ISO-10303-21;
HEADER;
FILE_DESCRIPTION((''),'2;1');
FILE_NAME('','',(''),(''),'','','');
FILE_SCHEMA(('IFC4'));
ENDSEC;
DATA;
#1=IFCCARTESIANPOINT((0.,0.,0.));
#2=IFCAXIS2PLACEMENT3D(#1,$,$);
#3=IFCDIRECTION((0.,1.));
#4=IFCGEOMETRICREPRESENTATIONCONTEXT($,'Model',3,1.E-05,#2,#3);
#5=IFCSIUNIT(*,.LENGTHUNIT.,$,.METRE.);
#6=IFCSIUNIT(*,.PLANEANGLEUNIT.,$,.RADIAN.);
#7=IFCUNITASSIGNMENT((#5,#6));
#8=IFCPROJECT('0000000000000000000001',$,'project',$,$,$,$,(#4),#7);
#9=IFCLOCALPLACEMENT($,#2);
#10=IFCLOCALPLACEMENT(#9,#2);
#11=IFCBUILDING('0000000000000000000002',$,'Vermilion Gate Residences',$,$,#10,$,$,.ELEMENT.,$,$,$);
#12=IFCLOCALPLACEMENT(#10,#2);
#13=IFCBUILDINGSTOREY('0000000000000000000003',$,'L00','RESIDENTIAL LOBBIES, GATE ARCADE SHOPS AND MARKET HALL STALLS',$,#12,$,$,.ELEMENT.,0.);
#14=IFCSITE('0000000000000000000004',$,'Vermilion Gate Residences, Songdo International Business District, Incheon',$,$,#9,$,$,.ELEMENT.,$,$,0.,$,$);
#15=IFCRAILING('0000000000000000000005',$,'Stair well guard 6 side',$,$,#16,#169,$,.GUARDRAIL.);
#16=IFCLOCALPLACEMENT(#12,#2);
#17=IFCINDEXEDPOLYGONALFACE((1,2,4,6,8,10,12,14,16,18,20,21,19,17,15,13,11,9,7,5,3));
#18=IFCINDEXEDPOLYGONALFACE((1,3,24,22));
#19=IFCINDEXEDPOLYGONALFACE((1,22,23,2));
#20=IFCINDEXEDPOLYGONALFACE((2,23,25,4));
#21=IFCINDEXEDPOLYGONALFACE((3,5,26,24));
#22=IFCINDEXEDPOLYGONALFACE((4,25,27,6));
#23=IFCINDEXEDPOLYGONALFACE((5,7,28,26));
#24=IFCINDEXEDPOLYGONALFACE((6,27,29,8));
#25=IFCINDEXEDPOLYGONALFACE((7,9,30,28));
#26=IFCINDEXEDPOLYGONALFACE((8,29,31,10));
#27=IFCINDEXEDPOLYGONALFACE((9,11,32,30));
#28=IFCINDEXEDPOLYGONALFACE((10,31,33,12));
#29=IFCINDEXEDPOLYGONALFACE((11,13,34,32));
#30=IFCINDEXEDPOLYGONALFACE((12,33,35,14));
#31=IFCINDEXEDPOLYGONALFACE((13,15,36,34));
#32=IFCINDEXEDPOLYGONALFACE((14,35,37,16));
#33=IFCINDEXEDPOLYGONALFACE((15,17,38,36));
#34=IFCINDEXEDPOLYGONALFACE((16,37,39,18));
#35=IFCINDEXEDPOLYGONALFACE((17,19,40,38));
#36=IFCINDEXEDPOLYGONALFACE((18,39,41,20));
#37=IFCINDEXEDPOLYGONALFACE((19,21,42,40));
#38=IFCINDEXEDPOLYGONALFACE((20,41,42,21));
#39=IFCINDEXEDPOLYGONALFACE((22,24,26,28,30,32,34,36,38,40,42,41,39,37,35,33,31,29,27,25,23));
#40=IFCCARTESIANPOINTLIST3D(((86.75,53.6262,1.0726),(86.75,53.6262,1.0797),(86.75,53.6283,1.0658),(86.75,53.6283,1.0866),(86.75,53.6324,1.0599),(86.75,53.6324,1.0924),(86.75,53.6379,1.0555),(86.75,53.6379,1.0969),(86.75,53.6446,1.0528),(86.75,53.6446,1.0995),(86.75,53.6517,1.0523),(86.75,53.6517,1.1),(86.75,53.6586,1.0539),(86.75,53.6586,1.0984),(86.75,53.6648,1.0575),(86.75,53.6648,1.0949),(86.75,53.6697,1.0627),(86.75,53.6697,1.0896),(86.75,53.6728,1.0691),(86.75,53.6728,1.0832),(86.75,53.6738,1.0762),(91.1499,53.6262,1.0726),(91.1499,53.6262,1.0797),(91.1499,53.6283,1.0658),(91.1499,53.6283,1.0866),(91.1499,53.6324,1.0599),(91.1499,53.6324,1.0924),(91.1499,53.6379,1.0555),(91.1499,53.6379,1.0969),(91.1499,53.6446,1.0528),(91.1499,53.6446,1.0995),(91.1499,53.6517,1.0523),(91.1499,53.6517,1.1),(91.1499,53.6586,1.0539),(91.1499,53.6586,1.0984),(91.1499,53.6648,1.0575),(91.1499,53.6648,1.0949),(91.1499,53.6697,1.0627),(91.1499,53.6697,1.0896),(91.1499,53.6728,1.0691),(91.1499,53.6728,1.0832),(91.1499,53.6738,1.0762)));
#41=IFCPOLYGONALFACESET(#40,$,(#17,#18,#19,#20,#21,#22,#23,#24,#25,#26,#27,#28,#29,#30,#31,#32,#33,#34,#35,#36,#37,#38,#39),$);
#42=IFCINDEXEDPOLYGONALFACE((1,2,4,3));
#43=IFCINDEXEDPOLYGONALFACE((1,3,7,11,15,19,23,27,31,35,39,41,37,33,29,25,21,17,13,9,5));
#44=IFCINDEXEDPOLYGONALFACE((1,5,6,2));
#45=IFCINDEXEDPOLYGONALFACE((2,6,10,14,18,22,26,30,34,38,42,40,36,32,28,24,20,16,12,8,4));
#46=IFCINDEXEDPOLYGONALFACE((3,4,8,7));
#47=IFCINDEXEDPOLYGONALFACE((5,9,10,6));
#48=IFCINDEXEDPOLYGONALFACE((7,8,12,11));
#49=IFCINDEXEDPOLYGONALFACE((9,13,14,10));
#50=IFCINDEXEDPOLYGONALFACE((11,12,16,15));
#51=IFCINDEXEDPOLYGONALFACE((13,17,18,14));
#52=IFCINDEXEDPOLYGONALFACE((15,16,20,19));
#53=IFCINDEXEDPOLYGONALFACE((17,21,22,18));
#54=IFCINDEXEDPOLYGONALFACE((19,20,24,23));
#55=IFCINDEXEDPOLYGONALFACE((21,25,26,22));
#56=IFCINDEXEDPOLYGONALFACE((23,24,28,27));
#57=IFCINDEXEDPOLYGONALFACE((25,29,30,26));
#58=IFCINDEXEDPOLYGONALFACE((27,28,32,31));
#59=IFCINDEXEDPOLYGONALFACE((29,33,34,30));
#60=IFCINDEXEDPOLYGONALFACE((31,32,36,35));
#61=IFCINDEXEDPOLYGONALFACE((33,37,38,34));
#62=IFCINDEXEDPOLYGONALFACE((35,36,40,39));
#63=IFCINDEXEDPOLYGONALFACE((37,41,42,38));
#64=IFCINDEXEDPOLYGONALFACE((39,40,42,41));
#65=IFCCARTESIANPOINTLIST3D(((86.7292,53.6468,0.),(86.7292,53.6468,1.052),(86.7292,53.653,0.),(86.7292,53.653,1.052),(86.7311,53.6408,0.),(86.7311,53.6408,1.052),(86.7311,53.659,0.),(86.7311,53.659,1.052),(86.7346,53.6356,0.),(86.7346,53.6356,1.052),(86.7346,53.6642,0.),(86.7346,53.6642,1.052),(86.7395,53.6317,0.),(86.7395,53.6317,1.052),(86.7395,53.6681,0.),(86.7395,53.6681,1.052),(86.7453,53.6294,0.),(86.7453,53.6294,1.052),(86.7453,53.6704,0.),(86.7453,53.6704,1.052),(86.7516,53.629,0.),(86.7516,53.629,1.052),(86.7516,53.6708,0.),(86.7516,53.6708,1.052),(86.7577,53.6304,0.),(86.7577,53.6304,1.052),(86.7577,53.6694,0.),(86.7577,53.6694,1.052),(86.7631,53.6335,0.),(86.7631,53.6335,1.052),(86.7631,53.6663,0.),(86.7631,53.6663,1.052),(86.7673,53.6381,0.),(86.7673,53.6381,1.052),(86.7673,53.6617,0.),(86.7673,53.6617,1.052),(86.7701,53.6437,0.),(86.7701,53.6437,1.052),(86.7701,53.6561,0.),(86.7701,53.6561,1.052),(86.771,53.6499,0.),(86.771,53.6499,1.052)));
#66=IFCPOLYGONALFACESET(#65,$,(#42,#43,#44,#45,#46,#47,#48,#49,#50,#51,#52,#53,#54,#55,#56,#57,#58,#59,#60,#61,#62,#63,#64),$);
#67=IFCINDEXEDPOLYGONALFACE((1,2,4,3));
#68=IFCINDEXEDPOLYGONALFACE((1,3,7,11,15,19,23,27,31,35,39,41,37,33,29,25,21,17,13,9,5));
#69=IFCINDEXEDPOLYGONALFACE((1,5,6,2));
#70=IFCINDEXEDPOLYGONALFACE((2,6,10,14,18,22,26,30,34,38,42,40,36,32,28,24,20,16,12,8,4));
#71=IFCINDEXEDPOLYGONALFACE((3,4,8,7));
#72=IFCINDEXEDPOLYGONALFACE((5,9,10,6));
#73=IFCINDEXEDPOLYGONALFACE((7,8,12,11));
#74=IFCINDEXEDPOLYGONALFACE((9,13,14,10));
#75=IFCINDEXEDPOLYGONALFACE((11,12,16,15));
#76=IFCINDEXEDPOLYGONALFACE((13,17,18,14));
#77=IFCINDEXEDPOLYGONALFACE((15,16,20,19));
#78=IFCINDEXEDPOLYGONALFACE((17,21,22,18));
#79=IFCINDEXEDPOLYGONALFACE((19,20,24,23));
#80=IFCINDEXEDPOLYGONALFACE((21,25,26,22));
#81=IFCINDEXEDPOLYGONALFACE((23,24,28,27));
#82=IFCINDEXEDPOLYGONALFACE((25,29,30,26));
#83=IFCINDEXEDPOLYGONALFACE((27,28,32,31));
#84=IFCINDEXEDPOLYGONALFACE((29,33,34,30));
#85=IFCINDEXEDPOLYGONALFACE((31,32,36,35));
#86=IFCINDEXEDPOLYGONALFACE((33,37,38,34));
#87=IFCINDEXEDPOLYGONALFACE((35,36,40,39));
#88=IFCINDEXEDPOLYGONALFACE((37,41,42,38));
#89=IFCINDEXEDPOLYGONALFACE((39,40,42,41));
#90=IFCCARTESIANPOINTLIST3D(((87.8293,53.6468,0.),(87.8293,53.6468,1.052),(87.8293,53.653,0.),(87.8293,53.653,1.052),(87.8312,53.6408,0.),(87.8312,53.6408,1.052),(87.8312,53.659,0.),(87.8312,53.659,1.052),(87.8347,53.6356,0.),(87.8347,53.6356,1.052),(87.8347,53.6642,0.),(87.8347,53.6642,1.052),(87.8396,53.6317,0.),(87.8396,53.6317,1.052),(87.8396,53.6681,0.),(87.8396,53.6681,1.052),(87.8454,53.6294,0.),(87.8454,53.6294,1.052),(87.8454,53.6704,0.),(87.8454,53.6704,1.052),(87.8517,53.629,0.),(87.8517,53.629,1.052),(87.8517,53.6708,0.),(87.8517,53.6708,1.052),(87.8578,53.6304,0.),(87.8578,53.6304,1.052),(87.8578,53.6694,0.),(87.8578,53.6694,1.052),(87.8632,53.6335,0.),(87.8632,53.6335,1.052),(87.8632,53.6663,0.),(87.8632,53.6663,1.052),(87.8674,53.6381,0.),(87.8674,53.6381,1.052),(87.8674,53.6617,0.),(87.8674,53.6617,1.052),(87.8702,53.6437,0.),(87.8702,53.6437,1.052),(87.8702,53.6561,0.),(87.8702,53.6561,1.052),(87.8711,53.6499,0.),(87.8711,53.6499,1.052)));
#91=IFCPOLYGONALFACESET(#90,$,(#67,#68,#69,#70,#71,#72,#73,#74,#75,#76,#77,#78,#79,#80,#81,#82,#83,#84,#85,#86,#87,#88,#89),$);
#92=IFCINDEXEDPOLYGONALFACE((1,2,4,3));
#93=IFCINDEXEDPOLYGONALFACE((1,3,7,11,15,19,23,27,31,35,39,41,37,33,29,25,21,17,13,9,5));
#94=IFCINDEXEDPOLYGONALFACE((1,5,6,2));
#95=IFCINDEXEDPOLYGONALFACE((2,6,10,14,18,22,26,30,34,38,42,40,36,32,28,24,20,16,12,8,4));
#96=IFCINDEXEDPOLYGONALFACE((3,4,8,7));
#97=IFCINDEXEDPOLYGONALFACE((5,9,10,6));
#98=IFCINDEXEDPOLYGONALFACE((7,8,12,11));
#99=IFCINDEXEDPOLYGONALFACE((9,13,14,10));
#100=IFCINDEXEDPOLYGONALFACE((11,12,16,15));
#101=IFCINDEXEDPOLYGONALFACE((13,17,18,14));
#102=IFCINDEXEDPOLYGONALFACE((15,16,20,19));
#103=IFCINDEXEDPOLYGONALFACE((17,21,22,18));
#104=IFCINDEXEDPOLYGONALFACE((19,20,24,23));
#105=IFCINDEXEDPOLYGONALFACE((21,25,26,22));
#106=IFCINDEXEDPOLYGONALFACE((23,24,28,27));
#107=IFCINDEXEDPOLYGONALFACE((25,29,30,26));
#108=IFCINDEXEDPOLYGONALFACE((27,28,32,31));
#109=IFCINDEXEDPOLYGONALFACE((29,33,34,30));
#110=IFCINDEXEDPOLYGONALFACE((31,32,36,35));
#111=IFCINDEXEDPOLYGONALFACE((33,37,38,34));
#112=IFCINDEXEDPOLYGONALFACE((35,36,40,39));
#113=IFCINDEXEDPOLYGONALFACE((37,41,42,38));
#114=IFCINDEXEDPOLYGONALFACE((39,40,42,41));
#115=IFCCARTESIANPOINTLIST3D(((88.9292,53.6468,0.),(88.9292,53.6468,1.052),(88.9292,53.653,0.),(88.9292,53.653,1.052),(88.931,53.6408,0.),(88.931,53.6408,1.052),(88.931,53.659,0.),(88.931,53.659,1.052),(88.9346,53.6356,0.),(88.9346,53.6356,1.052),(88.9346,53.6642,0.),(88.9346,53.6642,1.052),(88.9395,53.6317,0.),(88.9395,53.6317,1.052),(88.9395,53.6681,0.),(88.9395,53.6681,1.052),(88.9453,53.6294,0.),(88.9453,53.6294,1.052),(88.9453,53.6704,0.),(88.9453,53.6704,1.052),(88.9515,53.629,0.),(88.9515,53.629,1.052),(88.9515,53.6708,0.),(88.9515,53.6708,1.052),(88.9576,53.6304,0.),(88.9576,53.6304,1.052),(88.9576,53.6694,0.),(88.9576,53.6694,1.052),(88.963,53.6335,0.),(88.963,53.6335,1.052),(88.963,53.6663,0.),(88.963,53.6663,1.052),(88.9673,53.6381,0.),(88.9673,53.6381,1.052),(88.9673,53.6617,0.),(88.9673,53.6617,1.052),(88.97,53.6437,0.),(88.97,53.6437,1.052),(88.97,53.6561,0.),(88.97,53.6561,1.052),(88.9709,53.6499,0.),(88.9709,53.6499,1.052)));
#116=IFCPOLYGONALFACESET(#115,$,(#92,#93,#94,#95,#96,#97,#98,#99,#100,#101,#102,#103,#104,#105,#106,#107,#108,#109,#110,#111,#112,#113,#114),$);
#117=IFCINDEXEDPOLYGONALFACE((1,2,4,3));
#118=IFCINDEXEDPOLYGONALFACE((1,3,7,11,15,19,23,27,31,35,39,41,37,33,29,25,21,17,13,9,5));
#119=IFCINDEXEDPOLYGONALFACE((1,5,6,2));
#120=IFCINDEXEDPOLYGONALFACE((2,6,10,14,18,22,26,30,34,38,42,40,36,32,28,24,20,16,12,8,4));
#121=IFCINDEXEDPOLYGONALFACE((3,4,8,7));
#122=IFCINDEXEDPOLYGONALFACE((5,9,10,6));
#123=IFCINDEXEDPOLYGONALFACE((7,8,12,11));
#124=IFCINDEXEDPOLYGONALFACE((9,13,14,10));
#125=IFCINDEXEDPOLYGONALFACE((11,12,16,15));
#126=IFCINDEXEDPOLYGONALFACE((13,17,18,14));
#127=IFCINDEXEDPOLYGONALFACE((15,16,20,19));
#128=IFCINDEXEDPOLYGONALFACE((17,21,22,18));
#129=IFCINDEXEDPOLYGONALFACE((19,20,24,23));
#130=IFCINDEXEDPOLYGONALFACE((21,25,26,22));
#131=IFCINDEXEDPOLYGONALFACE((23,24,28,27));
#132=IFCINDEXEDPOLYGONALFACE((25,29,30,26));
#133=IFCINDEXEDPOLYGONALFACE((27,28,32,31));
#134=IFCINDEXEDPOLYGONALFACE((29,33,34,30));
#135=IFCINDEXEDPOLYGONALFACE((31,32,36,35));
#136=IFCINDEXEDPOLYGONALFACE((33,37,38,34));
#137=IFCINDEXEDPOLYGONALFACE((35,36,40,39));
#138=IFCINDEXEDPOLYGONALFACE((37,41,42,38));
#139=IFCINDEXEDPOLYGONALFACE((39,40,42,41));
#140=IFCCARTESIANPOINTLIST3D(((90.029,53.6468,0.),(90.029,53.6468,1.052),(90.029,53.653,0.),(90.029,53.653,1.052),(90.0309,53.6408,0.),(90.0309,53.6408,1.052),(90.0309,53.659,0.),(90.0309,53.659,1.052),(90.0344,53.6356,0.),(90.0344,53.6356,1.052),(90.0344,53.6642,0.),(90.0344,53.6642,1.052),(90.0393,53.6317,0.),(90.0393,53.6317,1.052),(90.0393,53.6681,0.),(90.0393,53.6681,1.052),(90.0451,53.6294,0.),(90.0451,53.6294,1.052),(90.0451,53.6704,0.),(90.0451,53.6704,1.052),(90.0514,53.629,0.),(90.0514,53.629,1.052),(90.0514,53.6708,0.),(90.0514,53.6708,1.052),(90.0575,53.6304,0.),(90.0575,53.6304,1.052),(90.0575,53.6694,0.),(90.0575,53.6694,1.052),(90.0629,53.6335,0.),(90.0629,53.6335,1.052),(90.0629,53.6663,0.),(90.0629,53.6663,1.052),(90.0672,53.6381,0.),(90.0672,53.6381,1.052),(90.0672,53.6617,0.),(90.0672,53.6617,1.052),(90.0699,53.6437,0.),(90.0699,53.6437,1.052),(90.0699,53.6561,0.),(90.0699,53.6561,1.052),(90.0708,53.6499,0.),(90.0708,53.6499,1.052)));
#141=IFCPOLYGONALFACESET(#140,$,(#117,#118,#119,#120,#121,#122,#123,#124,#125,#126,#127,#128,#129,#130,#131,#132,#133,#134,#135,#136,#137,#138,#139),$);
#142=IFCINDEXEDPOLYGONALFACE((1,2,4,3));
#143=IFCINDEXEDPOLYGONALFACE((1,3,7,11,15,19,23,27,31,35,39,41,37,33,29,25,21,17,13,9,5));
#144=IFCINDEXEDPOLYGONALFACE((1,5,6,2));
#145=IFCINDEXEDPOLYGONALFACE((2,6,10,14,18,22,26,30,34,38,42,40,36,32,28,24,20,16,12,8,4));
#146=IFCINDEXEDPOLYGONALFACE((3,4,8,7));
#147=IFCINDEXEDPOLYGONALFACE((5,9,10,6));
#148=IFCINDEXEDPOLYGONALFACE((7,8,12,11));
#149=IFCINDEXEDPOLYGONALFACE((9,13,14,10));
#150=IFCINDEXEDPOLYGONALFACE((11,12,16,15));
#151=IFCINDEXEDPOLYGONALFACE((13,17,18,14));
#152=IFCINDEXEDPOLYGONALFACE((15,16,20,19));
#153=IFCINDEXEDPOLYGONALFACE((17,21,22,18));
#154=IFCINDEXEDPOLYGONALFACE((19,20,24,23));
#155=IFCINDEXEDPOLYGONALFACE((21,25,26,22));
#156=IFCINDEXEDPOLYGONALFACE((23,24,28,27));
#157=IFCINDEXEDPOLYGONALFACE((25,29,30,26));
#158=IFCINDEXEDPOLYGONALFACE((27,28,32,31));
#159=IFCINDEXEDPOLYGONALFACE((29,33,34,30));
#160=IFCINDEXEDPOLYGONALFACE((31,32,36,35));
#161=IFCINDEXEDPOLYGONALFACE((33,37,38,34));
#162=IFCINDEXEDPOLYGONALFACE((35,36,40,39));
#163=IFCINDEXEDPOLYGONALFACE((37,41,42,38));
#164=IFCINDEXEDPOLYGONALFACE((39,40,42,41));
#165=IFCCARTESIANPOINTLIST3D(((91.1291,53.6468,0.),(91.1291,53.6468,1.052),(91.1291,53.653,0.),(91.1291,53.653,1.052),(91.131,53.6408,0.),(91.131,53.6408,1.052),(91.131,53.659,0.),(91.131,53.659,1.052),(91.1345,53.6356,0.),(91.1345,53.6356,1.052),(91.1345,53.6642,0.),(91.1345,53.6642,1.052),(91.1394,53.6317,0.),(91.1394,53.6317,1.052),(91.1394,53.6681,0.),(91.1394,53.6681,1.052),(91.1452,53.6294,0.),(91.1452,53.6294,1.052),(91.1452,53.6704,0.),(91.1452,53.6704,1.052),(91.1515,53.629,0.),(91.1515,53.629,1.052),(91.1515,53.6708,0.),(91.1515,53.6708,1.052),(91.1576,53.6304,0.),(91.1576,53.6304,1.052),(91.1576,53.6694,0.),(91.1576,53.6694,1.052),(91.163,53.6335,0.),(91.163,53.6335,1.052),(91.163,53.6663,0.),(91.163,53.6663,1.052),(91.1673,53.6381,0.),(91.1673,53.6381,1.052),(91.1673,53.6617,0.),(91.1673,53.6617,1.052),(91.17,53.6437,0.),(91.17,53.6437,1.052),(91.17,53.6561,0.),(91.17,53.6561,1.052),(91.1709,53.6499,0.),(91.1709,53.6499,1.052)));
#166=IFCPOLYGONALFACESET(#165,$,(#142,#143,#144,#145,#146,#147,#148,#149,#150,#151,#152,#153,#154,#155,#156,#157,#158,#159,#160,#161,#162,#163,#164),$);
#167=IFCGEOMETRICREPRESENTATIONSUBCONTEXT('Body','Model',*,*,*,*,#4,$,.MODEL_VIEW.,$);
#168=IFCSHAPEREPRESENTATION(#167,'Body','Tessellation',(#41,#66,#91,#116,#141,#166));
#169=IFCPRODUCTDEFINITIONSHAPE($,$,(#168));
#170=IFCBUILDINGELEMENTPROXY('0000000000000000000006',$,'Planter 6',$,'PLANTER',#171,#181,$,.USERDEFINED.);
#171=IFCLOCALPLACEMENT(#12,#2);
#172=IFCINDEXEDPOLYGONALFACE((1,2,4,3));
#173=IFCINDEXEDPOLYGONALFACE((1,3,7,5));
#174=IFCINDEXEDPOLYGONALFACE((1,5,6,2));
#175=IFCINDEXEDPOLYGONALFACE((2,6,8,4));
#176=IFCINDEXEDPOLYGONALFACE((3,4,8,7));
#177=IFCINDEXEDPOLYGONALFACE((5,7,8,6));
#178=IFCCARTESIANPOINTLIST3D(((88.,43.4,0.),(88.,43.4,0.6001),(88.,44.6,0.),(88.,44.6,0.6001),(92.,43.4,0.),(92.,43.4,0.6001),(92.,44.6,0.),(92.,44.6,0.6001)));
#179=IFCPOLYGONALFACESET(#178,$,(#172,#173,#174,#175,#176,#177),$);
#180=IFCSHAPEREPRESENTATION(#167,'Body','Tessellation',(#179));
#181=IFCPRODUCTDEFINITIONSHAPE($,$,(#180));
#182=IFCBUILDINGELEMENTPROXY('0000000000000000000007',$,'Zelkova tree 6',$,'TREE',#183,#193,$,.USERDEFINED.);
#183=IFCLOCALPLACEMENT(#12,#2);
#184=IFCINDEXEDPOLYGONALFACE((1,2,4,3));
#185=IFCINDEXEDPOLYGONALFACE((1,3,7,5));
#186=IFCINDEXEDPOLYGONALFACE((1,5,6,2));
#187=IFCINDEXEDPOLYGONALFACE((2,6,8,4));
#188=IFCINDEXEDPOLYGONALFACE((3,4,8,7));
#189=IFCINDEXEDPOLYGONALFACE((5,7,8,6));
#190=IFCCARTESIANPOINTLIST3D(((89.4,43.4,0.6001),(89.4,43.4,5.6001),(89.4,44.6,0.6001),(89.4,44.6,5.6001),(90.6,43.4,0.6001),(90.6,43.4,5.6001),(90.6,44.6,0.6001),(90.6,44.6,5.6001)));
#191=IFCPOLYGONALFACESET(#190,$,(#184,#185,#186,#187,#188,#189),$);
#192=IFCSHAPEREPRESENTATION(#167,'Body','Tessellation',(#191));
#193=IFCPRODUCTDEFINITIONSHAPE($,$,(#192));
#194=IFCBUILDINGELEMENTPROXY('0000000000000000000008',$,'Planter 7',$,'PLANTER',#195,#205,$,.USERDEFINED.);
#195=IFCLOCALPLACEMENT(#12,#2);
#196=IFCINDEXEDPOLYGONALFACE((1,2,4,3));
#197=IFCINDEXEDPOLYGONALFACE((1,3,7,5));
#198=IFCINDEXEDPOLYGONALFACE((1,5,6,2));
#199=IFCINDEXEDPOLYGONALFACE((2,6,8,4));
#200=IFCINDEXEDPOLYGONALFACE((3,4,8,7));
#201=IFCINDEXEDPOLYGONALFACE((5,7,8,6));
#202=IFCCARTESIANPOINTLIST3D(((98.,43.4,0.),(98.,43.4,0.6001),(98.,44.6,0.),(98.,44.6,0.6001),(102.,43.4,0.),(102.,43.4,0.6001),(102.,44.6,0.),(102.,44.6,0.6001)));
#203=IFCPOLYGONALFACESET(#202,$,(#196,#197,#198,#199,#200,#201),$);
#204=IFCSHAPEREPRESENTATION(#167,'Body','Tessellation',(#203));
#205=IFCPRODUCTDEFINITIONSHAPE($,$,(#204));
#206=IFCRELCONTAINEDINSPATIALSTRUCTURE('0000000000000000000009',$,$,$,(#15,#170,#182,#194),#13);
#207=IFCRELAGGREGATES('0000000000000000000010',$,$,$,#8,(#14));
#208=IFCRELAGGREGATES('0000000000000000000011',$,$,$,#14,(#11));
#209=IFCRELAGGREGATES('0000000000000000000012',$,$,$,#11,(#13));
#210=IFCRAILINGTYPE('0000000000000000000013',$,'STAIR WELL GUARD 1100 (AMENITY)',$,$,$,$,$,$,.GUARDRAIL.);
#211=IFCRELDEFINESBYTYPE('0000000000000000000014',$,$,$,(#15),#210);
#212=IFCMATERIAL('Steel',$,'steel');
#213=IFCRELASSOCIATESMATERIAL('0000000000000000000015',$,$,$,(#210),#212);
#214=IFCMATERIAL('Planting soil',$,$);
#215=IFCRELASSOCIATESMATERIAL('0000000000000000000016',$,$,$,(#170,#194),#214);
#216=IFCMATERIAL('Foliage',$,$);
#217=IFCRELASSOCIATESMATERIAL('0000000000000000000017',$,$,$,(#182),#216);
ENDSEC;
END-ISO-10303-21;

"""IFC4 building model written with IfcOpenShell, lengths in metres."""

from ifc_helpers import new_model, si_unit, direction, frame, origin, origin_2d, place, context, subcontext, project, spatial, rectangle, circle, extrude, material, type_object, element, save


model = new_model("IFC4")

# Units and contexts
model_context = context("Model", 3, precision=1e-05, world=origin(), true_north=direction((0.0, 1.0)))
body_context = subcontext(model_context, "Body", "Model", "MODEL_VIEW")
ifc_project = project(units=[si_unit("LENGTHUNIT", "METRE"), si_unit("PLANEANGLEUNIT", "RADIAN")], contexts=[model_context])

# Site, building, storey
site_placement = place(None, origin())
site = spatial("IfcSite", under=ifc_project, at=site_placement, Name="Vermilion Gate Residences, Songdo International Business District, Incheon", CompositionType="ELEMENT", RefElevation=0.0)
building_placement = place(site_placement, origin())
building = spatial("IfcBuilding", under=site, at=building_placement, Name="Vermilion Gate Residences", CompositionType="ELEMENT")
storey_placement = place(building_placement, origin())
storey = spatial("IfcBuildingStorey", under=building, at=storey_placement, Name="L00", Description="RESIDENTIAL LOBBIES, GATE ARCADE SHOPS AND MARKET HALL STALLS", CompositionType="ELEMENT", Elevation=0.0)

# Railing
ifc_material_1 = material(Name="Steel", Category="steel")
railing_type = type_object("IfcRailingType", Name="STAIR WELL GUARD 1100 (AMENITY)", PredefinedType="GUARDRAIL", material=ifc_material_1)
railing_1_placement = place(storey_placement, frame((86.75, 53.6499, 0.0)))
element("IfcRailing", 1, at=railing_1_placement, inside=storey, type_object=railing_type, Name="Stair well guard 6 side", PredefinedType="GUARDRAIL", context=body_context, shape_type="SweptSolid", body=[
    extrude(circle(Radius=0.0239, at=origin_2d()), frame((0.0, 0.0, 1.0762), z_axis=(1.0, 0.0, 0.0), x_axis=(0.0, 1.0, 0.0)), (0.0, 0.0, 1.0), 4.3999),
    extrude(circle(Radius=0.021, at=origin_2d()), origin(), (0.0, 0.0, 1.0), 1.052),
    extrude(circle(Radius=0.021, at=origin_2d()), frame((1.1001, 0.0, 0.0)), (0.0, 0.0, 1.0), 1.052),
    extrude(circle(Radius=0.021, at=origin_2d()), frame((2.2, 0.0, 0.0)), (0.0, 0.0, 1.0), 1.052),
    extrude(circle(Radius=0.021, at=origin_2d()), frame((3.2998, 0.0, 0.0)), (0.0, 0.0, 1.0), 1.052),
    extrude(circle(Radius=0.021, at=origin_2d()), frame((4.3999, 0.0, 0.0)), (0.0, 0.0, 1.0), 1.052),
])

# Building element proxies
ifc_material_2 = material(Name="Planting soil")
proxy_1_placement = place(storey_placement, frame((90.0, 44.0, 0.0), z_axis=(0.0, 0.0, 1.0), x_axis=(1.0, 0.0, 0.0)))
element("IfcBuildingElementProxy", 2, at=proxy_1_placement, inside=storey, material=ifc_material_2, Name="Planter 6", ObjectType="PLANTER", PredefinedType="USERDEFINED", context=body_context, shape_type="SweptSolid", body=[
    extrude(rectangle(XDim=4.0, YDim=1.2, at=origin_2d()), origin(), (0.0, 0.0, 1.0), 0.6001),
])
ifc_material_3 = material(Name="Foliage")
proxy_2_placement = place(storey_placement, frame((90.0, 44.0, 0.6001), z_axis=(0.0, 0.0, 1.0), x_axis=(1.0, 0.0, 0.0)))
element("IfcBuildingElementProxy", 3, at=proxy_2_placement, inside=storey, material=ifc_material_3, Name="Zelkova tree 6", ObjectType="TREE", PredefinedType="USERDEFINED", context=body_context, shape_type="SweptSolid", body=[
    extrude(rectangle(XDim=1.2, YDim=1.2, at=origin_2d()), origin(), (0.0, 0.0, 1.0), 5.0),
])
proxy_3_placement = place(storey_placement, frame((100.0, 44.0, 0.0), z_axis=(0.0, 0.0, 1.0), x_axis=(1.0, 0.0, 0.0)))
element("IfcBuildingElementProxy", 4, at=proxy_3_placement, inside=storey, material=ifc_material_2, Name="Planter 7", ObjectType="PLANTER", PredefinedType="USERDEFINED", context=body_context, shape_type="SweptSolid", body=[
    extrude(rectangle(XDim=4.0, YDim=1.2, at=origin_2d()), origin(), (0.0, 0.0, 1.0), 0.6001),
])

save(model, "model.ifc")
